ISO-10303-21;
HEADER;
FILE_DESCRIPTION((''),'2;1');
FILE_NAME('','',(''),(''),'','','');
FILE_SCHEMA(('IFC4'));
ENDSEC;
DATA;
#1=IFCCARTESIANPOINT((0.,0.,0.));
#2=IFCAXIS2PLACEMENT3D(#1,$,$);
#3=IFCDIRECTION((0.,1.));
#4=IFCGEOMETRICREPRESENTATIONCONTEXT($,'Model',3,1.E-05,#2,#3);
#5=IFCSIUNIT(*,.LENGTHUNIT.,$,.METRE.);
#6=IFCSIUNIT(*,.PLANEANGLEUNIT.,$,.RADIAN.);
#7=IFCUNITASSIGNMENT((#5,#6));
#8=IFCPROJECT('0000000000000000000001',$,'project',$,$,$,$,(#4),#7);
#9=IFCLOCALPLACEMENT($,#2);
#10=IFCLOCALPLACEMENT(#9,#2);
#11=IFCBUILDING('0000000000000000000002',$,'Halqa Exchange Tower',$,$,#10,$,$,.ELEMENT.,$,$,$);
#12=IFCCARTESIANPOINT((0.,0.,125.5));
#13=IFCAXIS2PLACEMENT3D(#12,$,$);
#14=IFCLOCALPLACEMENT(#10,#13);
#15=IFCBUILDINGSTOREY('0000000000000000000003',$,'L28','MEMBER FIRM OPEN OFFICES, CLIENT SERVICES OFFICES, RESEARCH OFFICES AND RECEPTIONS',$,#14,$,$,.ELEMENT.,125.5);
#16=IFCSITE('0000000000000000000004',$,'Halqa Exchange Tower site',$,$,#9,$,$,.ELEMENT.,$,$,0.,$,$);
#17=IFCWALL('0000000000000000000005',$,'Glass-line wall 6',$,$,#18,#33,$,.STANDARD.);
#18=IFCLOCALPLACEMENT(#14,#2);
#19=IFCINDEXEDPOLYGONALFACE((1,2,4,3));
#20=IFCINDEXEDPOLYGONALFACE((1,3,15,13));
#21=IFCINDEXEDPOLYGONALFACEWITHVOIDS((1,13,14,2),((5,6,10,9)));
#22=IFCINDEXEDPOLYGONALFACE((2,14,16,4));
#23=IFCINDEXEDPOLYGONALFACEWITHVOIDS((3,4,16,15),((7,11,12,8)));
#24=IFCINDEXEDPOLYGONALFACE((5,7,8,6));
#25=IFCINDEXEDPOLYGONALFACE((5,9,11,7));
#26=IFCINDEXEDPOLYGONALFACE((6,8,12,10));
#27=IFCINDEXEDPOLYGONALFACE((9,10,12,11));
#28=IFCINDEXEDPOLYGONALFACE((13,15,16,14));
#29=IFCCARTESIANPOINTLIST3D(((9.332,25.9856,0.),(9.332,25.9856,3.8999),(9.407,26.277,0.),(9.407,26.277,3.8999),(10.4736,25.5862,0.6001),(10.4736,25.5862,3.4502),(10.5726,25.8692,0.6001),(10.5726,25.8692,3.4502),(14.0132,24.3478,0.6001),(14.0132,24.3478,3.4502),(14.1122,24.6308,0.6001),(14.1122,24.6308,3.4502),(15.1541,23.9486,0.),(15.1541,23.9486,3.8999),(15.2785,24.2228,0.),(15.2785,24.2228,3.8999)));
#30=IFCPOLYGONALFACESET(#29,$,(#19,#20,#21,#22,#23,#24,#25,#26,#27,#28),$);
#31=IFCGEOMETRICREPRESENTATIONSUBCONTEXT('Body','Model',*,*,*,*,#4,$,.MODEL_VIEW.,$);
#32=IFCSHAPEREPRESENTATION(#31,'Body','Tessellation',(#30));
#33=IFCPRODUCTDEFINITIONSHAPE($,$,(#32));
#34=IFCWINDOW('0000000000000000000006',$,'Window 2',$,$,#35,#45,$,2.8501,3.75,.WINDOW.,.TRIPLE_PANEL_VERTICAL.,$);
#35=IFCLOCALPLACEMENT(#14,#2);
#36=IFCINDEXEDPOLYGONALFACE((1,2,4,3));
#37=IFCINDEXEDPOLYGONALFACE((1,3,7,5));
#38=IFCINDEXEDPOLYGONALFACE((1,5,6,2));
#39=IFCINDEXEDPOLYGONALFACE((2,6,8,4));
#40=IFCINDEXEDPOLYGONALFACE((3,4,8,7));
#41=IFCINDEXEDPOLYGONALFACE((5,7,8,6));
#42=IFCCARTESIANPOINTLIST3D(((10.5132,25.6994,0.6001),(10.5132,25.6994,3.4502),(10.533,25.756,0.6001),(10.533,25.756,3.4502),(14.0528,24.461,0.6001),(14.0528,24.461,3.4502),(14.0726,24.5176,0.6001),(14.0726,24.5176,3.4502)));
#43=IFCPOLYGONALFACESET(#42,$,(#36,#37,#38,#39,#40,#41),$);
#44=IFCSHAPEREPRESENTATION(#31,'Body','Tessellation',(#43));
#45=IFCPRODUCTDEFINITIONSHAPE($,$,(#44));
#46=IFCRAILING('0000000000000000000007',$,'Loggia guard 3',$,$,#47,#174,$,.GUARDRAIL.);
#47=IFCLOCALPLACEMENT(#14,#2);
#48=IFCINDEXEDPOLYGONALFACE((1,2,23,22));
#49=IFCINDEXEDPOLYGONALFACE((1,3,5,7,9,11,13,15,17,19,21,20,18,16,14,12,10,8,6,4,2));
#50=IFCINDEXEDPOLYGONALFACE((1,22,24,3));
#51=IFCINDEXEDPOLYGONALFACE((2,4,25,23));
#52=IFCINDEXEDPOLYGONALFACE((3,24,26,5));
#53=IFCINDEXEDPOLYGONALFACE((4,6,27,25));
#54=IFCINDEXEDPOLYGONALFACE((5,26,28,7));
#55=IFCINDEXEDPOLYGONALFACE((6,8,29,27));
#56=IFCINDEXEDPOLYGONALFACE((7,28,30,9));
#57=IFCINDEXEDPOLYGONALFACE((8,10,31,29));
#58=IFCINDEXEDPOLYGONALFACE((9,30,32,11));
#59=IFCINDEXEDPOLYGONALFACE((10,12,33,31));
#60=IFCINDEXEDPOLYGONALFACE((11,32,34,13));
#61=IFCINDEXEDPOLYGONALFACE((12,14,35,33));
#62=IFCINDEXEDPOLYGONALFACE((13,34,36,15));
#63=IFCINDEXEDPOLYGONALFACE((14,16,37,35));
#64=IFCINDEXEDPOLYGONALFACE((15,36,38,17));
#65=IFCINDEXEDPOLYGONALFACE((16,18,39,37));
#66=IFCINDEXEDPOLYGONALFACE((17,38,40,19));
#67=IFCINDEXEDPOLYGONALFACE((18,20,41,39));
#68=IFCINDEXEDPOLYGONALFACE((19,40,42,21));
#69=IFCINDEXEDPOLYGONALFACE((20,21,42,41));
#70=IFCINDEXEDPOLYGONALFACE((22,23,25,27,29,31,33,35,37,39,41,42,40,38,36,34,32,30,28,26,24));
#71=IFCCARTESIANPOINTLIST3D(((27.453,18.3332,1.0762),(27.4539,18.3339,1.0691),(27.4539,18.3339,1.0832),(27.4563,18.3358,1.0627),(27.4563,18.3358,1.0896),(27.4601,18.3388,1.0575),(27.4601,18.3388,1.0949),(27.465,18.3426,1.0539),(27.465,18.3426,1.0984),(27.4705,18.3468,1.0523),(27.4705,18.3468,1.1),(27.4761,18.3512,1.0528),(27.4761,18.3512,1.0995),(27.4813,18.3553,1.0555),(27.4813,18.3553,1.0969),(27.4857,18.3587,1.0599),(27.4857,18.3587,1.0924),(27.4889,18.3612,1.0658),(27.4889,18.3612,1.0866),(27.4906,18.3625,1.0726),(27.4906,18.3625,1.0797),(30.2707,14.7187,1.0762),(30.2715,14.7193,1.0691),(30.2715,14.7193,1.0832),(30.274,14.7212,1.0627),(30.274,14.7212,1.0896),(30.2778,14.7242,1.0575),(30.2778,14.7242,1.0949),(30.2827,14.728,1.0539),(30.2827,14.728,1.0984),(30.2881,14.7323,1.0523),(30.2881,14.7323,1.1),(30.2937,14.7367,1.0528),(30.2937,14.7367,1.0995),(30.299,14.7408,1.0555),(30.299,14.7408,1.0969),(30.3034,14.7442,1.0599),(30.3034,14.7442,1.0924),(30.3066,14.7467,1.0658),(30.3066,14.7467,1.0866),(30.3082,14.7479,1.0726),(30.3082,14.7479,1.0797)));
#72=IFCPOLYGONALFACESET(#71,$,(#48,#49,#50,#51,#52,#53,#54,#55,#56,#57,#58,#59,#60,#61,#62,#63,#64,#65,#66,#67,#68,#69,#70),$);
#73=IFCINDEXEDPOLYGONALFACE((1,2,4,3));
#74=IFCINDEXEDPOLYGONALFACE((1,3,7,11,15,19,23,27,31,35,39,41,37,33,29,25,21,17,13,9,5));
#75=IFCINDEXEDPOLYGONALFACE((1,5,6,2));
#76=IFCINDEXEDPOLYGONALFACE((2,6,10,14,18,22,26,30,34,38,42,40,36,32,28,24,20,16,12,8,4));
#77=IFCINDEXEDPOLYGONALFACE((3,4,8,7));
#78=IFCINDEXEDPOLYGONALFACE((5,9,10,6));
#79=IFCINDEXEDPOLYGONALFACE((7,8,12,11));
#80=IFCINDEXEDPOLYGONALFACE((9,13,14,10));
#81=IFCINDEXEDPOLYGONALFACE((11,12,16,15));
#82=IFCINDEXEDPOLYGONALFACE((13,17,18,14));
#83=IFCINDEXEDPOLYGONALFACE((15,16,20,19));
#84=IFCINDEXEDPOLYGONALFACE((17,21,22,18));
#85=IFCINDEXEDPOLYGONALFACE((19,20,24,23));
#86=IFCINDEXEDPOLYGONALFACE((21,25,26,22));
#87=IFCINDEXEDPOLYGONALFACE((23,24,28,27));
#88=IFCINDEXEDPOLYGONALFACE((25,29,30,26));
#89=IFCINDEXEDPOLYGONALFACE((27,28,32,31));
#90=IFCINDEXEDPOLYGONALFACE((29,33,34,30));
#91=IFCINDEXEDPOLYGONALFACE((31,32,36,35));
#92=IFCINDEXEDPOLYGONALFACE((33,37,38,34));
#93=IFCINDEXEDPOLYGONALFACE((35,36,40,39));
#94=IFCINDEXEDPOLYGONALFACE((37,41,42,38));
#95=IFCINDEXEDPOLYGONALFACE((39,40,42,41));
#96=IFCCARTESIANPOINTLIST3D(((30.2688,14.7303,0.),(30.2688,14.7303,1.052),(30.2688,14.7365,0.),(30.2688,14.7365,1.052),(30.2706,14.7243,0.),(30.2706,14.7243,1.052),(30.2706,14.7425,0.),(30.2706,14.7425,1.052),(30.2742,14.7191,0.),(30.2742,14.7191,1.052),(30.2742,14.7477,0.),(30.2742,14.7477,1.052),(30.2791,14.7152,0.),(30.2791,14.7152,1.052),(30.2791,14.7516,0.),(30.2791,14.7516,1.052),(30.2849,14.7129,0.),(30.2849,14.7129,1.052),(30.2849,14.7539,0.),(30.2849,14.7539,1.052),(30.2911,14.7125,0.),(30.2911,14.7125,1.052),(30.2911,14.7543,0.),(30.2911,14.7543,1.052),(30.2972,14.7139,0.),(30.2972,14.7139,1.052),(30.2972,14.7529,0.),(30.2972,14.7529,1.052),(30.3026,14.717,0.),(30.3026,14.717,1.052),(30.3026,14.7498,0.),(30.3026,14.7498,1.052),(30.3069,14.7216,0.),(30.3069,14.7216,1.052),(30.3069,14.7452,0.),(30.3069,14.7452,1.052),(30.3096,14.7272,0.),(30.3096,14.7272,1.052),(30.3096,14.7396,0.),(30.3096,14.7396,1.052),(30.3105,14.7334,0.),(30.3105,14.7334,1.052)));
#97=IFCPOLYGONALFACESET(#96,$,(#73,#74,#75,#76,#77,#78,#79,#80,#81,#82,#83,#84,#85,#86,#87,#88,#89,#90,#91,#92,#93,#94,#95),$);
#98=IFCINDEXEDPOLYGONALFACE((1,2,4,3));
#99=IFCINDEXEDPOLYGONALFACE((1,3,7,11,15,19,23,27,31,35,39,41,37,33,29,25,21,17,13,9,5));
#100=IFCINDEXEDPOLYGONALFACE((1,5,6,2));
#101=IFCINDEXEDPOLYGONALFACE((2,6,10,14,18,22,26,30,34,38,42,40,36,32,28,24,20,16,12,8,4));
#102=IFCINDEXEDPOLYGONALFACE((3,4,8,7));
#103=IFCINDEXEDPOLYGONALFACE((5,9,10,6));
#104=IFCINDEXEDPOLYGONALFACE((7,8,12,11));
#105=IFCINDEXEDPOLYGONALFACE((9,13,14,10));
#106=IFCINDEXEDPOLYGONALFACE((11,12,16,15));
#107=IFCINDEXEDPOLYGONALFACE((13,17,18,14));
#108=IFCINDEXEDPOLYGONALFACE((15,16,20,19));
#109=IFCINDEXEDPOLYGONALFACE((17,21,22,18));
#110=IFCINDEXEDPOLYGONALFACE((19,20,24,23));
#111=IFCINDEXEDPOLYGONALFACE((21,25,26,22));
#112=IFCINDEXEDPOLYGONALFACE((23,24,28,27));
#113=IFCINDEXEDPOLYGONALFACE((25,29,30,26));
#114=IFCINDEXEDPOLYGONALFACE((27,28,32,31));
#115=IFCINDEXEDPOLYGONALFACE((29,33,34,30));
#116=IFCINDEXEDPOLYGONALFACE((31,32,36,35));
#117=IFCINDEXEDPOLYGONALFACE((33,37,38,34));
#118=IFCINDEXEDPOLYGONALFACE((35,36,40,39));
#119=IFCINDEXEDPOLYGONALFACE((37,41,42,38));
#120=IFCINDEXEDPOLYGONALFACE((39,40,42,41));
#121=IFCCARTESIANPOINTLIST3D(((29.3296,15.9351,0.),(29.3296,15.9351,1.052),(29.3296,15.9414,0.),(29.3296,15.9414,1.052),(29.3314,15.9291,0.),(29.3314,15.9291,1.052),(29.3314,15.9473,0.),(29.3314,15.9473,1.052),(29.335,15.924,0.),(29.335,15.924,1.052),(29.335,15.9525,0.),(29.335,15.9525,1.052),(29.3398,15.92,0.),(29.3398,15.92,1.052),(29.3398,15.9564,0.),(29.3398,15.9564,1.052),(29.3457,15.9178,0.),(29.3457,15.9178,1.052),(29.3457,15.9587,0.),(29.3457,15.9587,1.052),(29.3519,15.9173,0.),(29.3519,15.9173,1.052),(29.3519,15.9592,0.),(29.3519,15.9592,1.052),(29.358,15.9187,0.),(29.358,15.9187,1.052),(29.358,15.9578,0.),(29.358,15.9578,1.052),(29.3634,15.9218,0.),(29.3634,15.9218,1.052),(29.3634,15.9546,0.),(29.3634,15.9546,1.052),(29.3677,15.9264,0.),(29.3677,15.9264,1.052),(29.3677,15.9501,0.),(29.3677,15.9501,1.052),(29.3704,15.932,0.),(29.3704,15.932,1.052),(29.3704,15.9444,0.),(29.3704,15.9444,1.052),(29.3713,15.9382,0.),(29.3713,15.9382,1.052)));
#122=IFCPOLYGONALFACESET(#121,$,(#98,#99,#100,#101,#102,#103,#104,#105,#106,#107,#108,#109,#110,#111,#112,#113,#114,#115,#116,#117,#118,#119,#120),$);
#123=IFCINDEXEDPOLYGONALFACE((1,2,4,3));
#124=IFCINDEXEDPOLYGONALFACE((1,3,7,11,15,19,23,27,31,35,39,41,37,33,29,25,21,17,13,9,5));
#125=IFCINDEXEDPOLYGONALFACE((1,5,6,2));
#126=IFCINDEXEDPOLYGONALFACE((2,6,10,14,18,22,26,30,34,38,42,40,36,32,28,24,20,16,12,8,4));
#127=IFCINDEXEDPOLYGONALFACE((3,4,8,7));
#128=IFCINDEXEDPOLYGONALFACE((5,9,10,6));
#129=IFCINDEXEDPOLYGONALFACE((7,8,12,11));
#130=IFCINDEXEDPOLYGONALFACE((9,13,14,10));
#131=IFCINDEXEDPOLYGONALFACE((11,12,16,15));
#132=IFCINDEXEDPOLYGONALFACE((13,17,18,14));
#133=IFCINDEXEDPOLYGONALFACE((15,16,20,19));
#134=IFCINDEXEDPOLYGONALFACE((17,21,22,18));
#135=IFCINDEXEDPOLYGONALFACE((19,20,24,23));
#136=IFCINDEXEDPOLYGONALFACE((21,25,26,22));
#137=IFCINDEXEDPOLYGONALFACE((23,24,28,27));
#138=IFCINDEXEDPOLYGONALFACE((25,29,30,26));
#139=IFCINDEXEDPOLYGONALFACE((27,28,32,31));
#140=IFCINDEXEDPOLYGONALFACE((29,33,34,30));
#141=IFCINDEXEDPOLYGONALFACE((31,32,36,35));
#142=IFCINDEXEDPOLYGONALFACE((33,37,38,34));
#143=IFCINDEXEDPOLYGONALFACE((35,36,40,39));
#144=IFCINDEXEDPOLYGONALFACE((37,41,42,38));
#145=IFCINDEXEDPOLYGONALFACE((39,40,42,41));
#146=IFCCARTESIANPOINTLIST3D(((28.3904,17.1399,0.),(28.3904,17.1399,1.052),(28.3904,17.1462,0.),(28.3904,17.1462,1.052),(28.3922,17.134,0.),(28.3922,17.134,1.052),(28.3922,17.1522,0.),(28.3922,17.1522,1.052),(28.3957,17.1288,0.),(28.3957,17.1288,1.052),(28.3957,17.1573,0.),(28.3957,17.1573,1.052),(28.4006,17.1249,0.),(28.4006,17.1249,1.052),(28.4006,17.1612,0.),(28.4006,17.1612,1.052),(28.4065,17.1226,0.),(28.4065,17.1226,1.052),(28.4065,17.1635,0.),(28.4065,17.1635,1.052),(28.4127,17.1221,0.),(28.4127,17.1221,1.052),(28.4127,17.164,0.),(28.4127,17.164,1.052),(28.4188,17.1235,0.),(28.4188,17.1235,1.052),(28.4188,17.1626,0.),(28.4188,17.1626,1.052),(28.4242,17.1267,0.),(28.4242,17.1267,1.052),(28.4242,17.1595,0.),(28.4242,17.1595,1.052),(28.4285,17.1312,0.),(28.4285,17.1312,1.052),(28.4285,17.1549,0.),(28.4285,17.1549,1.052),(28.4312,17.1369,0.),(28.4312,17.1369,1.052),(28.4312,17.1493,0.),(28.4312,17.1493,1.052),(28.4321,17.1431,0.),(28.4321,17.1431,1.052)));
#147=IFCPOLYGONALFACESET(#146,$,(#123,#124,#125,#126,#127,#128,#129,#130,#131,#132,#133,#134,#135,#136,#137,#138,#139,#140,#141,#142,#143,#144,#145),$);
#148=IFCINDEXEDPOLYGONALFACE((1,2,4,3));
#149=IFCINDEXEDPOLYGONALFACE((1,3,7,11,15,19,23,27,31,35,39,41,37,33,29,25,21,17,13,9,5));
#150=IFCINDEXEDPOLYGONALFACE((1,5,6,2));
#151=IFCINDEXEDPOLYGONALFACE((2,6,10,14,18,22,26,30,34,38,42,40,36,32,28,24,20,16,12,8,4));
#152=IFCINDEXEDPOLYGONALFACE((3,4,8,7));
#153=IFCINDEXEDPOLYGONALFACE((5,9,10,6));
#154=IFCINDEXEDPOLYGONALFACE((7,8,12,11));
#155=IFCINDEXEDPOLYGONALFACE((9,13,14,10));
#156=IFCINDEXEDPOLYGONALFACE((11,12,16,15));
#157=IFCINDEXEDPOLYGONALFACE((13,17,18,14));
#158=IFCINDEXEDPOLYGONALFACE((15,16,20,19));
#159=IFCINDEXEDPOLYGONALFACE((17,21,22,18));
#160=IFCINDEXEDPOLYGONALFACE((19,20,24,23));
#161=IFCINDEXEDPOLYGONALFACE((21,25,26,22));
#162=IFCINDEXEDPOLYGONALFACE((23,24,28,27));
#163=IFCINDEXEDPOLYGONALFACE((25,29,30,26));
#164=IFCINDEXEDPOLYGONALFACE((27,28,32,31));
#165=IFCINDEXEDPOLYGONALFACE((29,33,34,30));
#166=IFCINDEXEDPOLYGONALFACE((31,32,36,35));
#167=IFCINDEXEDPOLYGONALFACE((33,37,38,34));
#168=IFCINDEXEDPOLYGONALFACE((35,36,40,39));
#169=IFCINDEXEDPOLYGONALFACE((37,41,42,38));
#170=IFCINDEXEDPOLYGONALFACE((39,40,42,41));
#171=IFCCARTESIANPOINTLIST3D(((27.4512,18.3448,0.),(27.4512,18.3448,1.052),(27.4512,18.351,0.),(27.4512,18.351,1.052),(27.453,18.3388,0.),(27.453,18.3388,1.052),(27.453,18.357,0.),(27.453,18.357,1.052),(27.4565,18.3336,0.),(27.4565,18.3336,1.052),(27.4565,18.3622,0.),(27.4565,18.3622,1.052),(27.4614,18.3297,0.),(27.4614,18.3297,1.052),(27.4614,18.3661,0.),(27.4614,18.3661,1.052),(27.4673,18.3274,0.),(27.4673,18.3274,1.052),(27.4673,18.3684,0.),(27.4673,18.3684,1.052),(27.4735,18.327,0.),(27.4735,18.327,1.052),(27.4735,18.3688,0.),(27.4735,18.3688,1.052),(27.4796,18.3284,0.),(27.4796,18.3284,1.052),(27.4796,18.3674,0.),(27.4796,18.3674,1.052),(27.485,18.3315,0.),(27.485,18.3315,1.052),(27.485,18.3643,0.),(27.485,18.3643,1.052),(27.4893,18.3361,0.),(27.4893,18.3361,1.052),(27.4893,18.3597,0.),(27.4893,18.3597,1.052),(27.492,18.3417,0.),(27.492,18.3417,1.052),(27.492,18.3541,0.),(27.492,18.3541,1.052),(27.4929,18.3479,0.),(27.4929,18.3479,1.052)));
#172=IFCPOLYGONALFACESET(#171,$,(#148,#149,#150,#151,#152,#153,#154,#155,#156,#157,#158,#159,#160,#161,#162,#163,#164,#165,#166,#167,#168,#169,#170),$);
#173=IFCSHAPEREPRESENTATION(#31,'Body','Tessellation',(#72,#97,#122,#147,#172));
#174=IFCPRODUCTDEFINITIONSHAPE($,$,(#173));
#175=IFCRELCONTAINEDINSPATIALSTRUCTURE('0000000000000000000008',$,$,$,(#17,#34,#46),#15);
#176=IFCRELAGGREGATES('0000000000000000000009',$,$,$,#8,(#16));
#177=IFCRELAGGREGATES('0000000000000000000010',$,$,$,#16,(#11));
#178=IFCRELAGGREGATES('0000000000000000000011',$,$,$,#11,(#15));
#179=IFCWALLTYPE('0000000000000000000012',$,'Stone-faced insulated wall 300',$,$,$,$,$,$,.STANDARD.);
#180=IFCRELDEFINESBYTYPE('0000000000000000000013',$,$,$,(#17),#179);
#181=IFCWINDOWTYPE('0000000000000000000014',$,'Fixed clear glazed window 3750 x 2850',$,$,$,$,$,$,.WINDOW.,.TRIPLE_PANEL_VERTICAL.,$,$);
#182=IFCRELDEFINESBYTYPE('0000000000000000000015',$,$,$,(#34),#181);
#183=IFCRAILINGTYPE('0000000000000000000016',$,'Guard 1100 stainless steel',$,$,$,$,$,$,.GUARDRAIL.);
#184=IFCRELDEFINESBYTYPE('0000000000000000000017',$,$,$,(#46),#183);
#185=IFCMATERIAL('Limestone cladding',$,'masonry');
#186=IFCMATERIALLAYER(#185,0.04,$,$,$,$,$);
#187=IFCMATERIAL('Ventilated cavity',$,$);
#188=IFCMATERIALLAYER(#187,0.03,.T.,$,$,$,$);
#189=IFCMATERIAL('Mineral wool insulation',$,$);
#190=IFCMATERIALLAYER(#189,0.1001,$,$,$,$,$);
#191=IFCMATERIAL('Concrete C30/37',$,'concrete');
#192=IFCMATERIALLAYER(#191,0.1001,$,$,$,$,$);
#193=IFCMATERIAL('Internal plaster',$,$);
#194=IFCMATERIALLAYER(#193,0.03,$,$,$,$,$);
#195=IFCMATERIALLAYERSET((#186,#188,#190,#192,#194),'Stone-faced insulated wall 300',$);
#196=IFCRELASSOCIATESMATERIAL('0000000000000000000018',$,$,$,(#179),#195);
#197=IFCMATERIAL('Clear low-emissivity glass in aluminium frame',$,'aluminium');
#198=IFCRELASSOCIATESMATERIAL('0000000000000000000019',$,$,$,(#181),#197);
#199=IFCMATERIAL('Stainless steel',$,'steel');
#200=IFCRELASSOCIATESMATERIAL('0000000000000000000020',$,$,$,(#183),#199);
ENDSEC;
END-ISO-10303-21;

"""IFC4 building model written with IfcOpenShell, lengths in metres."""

from ifc_helpers import new_model, si_unit, direction, frame, frame_2d, origin, origin_2d, place, context, subcontext, project, spatial, polyline, rectangle, circle, outline, extrude, material, layer, layer_set, type_object, element, fill, save


model = new_model("IFC4")

# Units and contexts
model_context = context("Model", 3, precision=1e-05, world=origin(), true_north=direction((0.0, 1.0)))
body_context = subcontext(model_context, "Body", "Model", "MODEL_VIEW")
ifc_project = project(units=[si_unit("LENGTHUNIT", "METRE"), si_unit("PLANEANGLEUNIT", "RADIAN")], contexts=[model_context])

# Site, building, storey
site_placement = place(None, origin())
site = spatial("IfcSite", under=ifc_project, at=site_placement, Name="Halqa Exchange Tower site", CompositionType="ELEMENT", RefElevation=0.0)
building_placement = place(site_placement, origin())
building = spatial("IfcBuilding", under=site, at=building_placement, Name="Halqa Exchange Tower", CompositionType="ELEMENT")
storey_placement = place(building_placement, frame((0.0, 0.0, 125.5)))
storey = spatial("IfcBuildingStorey", under=building, at=storey_placement, Name="L28", Description="MEMBER FIRM OPEN OFFICES, CLIENT SERVICES OFFICES, RESEARCH OFFICES AND RECEPTIONS", CompositionType="ELEMENT", Elevation=125.5)

# Shared definitions
ifc_material_1 = material(Name="Limestone cladding", Category="masonry")
ifc_layer_1 = layer(ifc_material_1, 0.04)
ifc_material_2 = material(Name="Ventilated cavity")
ifc_layer_2 = layer(ifc_material_2, 0.03, ventilated=True)
ifc_material_3 = material(Name="Mineral wool insulation")
ifc_layer_3 = layer(ifc_material_3, 0.1001)
ifc_material_4 = material(Name="Concrete C30/37", Category="concrete")
ifc_layer_4 = layer(ifc_material_4, 0.1001)
ifc_material_5 = material(Name="Internal plaster")
ifc_layer_5 = layer(ifc_material_5, 0.03)
ifc_layer_set_1 = layer_set([ifc_layer_1, ifc_layer_2, ifc_layer_3, ifc_layer_4, ifc_layer_5], Name="Stone-faced insulated wall 300")
wall_type_1 = type_object("IfcWallType", Name="Stone-faced insulated wall 300", PredefinedType="STANDARD", material=ifc_layer_set_1)
ifc_material_6 = material(Name="Clear low-emissivity glass in aluminium frame", Category="aluminium")

# Wall, opening, window
window_type = type_object("IfcWindowType", Name="Fixed clear glazed window 3750 x 2850", PartitioningType="TRIPLE_PANEL_VERTICAL", PredefinedType="WINDOW", material=ifc_material_6)
wall_1_placement = place(storey_placement, frame((15.2163, 24.0857, 0.0), z_axis=(0.0, 0.0, 1.0), x_axis=(-0.943897, 0.33024, 0.0)))
wall_1 = element("IfcWall", 1, at=wall_1_placement, inside=storey, type_object=wall_type_1, Name="Glass-line wall 6", PredefinedType="STANDARD", context=body_context, shape_type="SweptSolid", body=[
    extrude(outline(polyline([(-0.0134, -0.1499), (6.207, -0.1499), (6.1816, 0.1499), (0.0134, 0.1499), (-0.0134, -0.1499)])), origin(), (0.0, 0.0, 1.0), 3.8999),
])
opening_1_placement = place(wall_1_placement, frame((1.2222, 0.0, 0.6001)))
opening_1 = element("IfcOpeningElement", 2, at=opening_1_placement, cuts=wall_1, PredefinedType="OPENING", context=body_context, shape_type="SweptSolid", body=[
    extrude(rectangle(XDim=3.75, YDim=2.8501, at=frame_2d((1.875, 1.425))), frame((0.0, 0.1621, 0.0), z_axis=(0.0, -1.0, 0.0), x_axis=(1.0, 0.0, 0.0)), (0.0, 0.0, 1.0), 0.324),
])
window_1_placement = place(opening_1_placement, origin())
window_1 = element("IfcWindow", 3, at=window_1_placement, inside=storey, type_object=window_type, Name="Window 2", OverallHeight=2.8501, OverallWidth=3.75, PartitioningType="TRIPLE_PANEL_VERTICAL", PredefinedType="WINDOW", context=body_context, shape_type="SweptSolid", body=[
    extrude(rectangle(XDim=3.75, YDim=2.8501, at=frame_2d((1.875, 1.425))), frame((0.0, 0.03, 0.0), z_axis=(0.0, -1.0, 0.0), x_axis=(1.0, 0.0, 0.0)), (0.0, 0.0, 1.0), 0.0601),
])
fill(opening_1, window_1)

# Railing
ifc_material_7 = material(Name="Stainless steel", Category="steel")
railing_type = type_object("IfcRailingType", Name="Guard 1100 stainless steel", PredefinedType="GUARDRAIL", material=ifc_material_7)
railing_1_placement = place(storey_placement, frame((30.2896, 14.7334, 0.0)))
element("IfcRailing", 4, at=railing_1_placement, inside=storey, type_object=railing_type, Name="Loggia guard 3", PredefinedType="GUARDRAIL", context=body_context, shape_type="SweptSolid", body=[
    extrude(circle(Radius=0.0239, at=origin_2d()), frame((0.0, 0.0, 1.0762), z_axis=(-0.614803, 0.788681, 0.0), x_axis=(-0.788681, -0.614803, 0.0)), (0.0, 0.0, 1.0), 4.583),
    extrude(circle(Radius=0.021, at=origin_2d()), origin(), (0.0, 0.0, 1.0), 1.052),
    extrude(circle(Radius=0.021, at=origin_2d()), frame((-0.9392, 1.2048, 0.0)), (0.0, 0.0, 1.0), 1.052),
    extrude(circle(Radius=0.021, at=origin_2d()), frame((-1.8784, 2.4097, 0.0)), (0.0, 0.0, 1.0), 1.052),
    extrude(circle(Radius=0.021, at=origin_2d()), frame((-2.8176, 3.6145, 0.0)), (0.0, 0.0, 1.0), 1.052),
])

save(model, "model.ifc")
